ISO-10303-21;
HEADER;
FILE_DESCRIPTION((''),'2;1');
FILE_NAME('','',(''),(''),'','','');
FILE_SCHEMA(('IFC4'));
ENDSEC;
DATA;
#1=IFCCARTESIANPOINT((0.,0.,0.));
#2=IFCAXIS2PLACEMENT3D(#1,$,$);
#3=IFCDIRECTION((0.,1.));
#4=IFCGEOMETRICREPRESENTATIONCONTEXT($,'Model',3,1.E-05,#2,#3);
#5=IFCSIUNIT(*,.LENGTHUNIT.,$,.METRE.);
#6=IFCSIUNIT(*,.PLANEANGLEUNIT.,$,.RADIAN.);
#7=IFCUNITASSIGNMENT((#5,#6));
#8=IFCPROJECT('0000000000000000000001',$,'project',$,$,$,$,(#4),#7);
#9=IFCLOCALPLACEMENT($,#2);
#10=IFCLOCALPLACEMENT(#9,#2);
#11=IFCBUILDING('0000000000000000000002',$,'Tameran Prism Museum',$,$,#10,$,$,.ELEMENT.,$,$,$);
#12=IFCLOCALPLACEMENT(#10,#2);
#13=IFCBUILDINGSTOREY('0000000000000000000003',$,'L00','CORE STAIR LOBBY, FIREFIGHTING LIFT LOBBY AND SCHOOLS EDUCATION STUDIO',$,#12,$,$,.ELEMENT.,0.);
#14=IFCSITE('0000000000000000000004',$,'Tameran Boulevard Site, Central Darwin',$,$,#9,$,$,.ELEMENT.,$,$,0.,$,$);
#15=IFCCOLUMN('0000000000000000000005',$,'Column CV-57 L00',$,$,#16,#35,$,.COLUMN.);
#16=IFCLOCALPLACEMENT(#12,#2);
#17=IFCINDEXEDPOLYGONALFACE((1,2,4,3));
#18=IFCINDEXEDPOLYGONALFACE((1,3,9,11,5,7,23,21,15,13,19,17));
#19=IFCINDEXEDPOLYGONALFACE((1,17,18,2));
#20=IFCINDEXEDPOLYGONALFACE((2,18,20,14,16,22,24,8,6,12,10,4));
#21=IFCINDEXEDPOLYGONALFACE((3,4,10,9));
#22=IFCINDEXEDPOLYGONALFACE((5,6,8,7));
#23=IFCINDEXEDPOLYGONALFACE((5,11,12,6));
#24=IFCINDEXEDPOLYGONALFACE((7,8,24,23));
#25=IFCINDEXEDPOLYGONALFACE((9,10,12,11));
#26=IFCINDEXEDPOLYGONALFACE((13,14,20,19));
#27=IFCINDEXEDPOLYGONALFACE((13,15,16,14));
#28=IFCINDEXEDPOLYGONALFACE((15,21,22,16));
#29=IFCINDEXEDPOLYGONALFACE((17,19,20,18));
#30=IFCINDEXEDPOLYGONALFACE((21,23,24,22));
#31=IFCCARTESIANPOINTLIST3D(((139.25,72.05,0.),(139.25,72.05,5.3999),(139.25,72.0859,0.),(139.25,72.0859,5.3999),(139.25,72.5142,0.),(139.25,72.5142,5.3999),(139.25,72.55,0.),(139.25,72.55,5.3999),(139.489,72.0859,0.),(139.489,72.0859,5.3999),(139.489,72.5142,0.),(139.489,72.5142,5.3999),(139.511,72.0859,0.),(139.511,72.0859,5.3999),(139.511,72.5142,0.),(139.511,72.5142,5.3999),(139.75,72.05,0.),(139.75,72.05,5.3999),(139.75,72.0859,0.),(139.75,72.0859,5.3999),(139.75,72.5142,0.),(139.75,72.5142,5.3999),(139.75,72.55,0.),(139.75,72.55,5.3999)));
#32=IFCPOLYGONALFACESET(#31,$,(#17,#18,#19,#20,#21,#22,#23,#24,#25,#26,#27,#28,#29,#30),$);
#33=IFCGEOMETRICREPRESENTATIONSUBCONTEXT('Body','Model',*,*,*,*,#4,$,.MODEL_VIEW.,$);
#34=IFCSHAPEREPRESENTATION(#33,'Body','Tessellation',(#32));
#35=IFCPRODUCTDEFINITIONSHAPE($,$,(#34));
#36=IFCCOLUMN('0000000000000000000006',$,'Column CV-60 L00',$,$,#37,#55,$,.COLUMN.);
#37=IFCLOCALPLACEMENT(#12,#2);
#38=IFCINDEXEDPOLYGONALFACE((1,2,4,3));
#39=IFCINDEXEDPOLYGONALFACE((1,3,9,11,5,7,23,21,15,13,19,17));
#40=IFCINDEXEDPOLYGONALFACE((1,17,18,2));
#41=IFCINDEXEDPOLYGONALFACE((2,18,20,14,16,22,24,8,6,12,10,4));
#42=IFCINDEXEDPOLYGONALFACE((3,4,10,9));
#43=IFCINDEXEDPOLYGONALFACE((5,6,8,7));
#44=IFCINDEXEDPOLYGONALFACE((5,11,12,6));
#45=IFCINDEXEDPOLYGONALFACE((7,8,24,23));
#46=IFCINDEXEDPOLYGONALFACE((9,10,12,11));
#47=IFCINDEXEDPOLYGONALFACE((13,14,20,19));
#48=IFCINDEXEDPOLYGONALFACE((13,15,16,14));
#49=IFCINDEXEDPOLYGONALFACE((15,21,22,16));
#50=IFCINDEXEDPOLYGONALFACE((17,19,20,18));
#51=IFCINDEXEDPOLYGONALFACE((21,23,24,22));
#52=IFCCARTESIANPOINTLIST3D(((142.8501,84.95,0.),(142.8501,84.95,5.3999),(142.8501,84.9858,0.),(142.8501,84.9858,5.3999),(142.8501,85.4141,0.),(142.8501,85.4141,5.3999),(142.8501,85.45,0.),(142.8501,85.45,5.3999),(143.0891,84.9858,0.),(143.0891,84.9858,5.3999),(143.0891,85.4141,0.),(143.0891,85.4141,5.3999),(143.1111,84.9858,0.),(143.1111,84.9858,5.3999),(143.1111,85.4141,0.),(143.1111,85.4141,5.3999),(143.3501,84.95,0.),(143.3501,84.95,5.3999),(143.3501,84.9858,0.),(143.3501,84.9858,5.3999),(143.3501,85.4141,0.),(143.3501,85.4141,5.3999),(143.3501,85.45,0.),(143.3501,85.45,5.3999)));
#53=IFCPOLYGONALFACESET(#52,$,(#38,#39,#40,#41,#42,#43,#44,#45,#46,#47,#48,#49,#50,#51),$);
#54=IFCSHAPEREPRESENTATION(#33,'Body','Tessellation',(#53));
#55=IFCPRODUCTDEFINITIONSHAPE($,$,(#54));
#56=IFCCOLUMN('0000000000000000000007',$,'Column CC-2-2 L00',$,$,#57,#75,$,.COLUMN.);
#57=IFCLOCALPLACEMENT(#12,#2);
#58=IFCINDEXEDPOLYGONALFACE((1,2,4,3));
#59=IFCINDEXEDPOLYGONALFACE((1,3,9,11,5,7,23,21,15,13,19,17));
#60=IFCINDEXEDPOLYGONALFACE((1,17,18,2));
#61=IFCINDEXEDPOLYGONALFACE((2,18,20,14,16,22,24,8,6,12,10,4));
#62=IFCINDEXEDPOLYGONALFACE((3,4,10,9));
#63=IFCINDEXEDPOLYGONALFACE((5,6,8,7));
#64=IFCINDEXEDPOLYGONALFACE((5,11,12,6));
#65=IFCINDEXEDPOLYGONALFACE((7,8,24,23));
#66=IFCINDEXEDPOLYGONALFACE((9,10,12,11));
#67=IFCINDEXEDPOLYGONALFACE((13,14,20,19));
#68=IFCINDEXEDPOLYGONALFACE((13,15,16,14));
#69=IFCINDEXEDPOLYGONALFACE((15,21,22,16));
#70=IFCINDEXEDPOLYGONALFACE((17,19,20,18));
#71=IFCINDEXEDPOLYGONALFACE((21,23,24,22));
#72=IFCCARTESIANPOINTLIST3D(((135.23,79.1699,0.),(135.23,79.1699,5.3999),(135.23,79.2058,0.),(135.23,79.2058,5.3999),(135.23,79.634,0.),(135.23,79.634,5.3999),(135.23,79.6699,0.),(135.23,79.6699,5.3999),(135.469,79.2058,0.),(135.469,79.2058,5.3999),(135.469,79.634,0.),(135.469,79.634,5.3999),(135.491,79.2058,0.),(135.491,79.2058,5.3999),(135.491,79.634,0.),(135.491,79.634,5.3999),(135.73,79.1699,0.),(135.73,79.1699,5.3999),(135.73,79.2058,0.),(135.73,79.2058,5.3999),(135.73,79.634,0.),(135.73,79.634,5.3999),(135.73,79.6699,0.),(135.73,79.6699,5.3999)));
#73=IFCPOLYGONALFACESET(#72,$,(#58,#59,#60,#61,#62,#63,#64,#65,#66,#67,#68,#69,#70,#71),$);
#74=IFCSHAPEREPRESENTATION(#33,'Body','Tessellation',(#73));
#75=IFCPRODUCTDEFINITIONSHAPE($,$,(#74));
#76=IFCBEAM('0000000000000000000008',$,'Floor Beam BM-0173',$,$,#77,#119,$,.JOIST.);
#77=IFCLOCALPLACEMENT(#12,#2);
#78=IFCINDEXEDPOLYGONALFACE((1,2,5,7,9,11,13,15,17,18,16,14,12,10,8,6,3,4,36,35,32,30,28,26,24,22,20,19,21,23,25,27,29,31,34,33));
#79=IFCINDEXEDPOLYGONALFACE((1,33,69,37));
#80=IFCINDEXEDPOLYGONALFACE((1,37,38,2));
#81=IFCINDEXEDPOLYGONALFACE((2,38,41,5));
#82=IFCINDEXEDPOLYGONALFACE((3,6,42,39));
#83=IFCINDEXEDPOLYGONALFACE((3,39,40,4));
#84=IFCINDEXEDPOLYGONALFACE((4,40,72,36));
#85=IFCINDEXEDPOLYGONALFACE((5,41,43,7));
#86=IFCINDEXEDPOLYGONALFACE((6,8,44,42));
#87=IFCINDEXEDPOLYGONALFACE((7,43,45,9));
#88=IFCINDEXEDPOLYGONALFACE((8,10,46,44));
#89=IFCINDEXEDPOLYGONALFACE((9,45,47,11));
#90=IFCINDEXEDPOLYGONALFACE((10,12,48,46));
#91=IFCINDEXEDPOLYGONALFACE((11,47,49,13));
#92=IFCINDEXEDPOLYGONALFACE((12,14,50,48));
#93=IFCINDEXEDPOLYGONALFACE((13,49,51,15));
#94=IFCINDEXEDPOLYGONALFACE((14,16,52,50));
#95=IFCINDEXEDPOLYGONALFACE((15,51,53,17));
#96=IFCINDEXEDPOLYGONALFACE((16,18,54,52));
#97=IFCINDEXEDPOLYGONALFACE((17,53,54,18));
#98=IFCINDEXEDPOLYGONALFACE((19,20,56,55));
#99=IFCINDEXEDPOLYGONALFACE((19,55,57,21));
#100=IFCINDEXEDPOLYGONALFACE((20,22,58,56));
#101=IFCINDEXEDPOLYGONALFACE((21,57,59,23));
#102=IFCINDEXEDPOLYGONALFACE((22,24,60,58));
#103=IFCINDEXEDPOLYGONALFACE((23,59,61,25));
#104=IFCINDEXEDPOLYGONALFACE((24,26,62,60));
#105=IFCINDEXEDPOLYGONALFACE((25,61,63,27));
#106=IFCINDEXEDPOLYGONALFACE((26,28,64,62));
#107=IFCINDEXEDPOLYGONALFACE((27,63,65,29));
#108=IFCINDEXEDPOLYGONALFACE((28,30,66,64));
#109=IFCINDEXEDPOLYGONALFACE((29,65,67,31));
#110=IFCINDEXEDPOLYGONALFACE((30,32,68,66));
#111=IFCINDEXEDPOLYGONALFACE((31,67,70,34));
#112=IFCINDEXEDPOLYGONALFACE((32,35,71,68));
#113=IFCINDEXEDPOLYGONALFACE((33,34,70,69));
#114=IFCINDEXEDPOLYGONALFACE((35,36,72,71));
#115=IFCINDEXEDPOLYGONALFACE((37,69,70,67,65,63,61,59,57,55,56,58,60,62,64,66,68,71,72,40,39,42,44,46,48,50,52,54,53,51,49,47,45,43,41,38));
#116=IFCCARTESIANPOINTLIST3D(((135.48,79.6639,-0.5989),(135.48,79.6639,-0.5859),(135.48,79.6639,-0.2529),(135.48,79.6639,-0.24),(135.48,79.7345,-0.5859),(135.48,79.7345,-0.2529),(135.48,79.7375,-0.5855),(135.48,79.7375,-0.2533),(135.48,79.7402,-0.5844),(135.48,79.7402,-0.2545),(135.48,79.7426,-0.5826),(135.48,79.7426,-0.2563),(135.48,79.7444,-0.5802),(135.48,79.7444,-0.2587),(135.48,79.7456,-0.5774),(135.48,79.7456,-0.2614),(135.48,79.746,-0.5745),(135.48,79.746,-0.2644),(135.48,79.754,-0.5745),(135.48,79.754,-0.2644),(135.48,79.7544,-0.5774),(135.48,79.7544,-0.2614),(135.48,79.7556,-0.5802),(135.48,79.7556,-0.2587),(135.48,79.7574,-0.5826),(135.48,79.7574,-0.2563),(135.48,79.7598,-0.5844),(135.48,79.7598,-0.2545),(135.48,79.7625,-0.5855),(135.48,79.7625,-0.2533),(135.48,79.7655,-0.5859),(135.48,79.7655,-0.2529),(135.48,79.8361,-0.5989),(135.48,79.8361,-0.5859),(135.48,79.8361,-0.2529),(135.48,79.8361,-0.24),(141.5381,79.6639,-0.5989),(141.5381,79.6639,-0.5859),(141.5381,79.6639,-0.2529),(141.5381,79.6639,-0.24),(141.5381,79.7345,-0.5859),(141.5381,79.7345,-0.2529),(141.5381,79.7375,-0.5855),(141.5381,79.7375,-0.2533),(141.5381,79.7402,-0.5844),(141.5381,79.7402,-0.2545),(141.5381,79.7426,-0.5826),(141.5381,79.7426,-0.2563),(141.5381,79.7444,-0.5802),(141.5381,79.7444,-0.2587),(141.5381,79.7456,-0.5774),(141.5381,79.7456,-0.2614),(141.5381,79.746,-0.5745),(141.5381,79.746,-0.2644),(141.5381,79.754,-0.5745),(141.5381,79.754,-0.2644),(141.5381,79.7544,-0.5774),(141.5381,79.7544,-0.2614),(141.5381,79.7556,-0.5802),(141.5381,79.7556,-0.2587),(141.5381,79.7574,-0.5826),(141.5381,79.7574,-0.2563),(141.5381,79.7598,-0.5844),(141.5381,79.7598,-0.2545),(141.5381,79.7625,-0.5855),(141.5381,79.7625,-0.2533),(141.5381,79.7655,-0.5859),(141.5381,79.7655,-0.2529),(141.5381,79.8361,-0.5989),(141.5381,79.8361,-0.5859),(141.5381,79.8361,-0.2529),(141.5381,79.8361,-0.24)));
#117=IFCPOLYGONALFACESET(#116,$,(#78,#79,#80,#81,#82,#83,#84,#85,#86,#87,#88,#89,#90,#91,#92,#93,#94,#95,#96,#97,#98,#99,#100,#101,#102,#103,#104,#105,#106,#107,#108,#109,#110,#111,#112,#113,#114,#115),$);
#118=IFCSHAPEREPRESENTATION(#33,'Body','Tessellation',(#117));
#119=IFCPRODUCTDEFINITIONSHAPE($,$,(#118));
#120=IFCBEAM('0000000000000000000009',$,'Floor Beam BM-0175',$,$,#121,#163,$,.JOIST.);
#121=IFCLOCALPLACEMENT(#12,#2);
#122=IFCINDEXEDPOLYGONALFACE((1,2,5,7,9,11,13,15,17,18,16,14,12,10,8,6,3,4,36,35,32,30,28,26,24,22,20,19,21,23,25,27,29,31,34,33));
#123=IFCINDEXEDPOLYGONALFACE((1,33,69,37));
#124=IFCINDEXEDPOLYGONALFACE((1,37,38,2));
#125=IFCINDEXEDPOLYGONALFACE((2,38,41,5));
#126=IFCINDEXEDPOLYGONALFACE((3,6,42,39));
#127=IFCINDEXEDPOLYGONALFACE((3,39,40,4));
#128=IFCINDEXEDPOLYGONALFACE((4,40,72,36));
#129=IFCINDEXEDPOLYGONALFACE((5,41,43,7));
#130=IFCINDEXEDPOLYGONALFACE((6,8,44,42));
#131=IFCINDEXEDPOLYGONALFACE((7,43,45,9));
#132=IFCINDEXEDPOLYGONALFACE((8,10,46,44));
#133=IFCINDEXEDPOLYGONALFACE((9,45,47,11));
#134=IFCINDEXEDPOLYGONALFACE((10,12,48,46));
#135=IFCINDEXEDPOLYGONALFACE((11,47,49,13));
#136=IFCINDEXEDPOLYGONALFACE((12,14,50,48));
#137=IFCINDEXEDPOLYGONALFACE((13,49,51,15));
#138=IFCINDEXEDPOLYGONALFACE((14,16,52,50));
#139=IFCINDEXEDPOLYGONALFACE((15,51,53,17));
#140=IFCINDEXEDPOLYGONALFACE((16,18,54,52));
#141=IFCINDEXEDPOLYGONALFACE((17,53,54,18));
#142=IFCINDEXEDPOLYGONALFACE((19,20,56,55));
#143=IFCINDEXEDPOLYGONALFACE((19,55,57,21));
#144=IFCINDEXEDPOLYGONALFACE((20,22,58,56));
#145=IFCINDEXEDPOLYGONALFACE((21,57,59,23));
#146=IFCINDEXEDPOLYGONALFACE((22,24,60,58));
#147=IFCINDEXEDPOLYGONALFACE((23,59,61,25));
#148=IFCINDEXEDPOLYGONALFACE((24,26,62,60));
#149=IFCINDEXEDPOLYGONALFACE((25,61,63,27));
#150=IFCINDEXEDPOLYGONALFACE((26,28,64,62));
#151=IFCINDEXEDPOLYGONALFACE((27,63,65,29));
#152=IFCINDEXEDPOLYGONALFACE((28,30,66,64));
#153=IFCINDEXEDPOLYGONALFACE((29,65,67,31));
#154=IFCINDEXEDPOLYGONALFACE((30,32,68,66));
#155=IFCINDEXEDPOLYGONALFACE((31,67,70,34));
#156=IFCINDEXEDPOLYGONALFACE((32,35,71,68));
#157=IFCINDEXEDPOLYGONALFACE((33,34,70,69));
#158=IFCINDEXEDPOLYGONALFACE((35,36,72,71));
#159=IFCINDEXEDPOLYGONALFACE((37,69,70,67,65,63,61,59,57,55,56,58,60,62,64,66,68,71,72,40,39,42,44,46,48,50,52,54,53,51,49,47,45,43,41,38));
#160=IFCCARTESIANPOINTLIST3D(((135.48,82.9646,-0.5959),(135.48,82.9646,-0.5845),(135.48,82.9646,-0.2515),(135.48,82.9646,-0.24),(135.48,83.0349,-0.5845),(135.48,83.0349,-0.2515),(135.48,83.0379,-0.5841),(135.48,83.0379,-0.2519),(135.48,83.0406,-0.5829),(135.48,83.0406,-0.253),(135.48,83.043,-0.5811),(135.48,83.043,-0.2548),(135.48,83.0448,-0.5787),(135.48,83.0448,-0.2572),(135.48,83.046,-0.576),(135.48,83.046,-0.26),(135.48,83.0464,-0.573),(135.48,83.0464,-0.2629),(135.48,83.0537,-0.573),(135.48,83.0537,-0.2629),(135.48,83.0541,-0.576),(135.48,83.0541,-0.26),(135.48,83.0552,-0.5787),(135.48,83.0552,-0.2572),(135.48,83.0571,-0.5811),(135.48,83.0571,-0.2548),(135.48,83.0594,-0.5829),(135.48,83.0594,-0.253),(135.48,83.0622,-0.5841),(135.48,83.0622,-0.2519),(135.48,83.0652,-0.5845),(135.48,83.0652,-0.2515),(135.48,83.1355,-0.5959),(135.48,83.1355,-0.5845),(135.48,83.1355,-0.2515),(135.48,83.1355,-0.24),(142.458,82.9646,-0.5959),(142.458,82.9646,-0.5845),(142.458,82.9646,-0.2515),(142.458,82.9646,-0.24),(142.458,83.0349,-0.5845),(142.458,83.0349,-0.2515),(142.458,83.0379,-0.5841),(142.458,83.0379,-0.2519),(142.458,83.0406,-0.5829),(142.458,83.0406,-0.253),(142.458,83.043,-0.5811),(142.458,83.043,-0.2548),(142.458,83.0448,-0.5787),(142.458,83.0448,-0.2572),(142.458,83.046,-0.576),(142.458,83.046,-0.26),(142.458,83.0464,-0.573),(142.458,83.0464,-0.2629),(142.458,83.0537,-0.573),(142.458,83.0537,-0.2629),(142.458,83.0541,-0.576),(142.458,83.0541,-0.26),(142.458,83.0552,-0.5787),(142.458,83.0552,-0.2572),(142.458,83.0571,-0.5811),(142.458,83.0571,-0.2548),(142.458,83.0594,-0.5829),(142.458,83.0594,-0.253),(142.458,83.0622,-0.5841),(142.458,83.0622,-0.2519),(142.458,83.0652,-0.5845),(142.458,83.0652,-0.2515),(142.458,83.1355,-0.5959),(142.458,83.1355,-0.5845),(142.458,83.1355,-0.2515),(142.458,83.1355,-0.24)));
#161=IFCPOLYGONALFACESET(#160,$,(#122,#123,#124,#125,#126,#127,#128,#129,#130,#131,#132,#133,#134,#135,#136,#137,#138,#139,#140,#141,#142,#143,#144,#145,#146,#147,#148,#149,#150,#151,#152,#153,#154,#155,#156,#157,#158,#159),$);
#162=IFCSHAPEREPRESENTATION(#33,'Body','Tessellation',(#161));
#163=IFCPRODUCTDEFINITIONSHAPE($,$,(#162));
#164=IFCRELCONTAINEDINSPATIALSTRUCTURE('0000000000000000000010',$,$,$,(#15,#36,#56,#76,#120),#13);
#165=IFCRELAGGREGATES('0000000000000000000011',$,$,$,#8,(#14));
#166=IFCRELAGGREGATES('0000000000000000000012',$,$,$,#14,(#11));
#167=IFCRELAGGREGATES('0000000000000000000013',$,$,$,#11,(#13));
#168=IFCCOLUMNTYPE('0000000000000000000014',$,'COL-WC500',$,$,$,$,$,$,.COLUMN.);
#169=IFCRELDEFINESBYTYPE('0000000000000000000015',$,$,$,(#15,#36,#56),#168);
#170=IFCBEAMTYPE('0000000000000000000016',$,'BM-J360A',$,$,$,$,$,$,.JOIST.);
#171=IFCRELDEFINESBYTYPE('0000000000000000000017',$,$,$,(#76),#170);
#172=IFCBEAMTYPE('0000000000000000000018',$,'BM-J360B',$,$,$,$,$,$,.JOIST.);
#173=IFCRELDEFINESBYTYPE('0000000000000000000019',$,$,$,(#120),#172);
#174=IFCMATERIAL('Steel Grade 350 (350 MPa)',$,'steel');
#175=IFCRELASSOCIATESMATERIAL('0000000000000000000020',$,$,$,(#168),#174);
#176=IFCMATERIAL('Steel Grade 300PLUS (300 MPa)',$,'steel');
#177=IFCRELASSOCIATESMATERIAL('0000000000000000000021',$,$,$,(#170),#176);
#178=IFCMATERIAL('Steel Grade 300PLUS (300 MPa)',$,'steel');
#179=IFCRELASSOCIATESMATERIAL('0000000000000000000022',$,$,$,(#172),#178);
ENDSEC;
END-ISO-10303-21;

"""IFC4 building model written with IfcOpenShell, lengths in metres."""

from ifc_helpers import new_model, si_unit, direction, frame, origin, origin_2d, place, context, subcontext, project, spatial, i_section, extrude, material, material_profile, profile_set, type_object, element, save


model = new_model("IFC4")

# Units and contexts
model_context = context("Model", 3, precision=1e-05, world=origin(), true_north=direction((0.0, 1.0)))
body_context = subcontext(model_context, "Body", "Model", "MODEL_VIEW")
ifc_project = project(units=[si_unit("LENGTHUNIT", "METRE"), si_unit("PLANEANGLEUNIT", "RADIAN")], contexts=[model_context])

# Site, building, storey
site_placement = place(None, origin())
site = spatial("IfcSite", under=ifc_project, at=site_placement, Name="Tameran Boulevard Site, Central Darwin", CompositionType="ELEMENT", RefElevation=0.0)
building_placement = place(site_placement, origin())
building = spatial("IfcBuilding", under=site, at=building_placement, Name="Tameran Prism Museum", CompositionType="ELEMENT")
storey_placement = place(building_placement, origin())
storey = spatial("IfcBuildingStorey", under=building, at=storey_placement, Name="L00", Description="CORE STAIR LOBBY, FIREFIGHTING LIFT LOBBY AND SCHOOLS EDUCATION STUDIO", CompositionType="ELEMENT", Elevation=0.0)

# Columns
ifc_material_1 = material(Name="Steel Grade 350 (350 MPa)", Category="steel")
ifc_material_profile_1 = material_profile(ifc_material_1, i_section(OverallWidth=0.5, OverallDepth=0.5, WebThickness=0.022, FlangeThickness=0.0359, at=origin_2d()))
ifc_profile_set_1 = profile_set([ifc_material_profile_1])
column_type = type_object("IfcColumnType", Name="COL-WC500", PredefinedType="COLUMN", material=ifc_profile_set_1)
for number, where, z_axis, x_axis, name in (
    (1, (139.5, 72.3, 0.0), (0.0, 0.0, 1.0), (1.0, 0.0, 0.0), "Column CV-57 L00"),
    (2, (143.1001, 85.2, 0.0), (0.0, 0.0, 1.0), (1.0, 0.0, 0.0), "Column CV-60 L00"),
    (3, (135.48, 79.4199, 0.0), (0.0, 0.0, 1.0), (1.0, 0.0, 0.0), "Column CC-2-2 L00"),
):
    element("IfcColumn", number, at=place(storey_placement, frame(where, z_axis=z_axis, x_axis=x_axis)), inside=storey, type_object=column_type, Name=name, PredefinedType="COLUMN", context=body_context, shape_type="SweptSolid", body=[
        extrude(i_section(OverallWidth=0.5, OverallDepth=0.5, WebThickness=0.022, FlangeThickness=0.0359, at=origin_2d()), origin(), (0.0, 0.0, 1.0), 5.3999),
    ])

# Beams
ifc_material_2 = material(Name="Steel Grade 300PLUS (300 MPa)", Category="steel")
ifc_material_profile_2 = material_profile(ifc_material_2, i_section(OverallWidth=0.1721, OverallDepth=0.3589, WebThickness=0.0081, FlangeThickness=0.0129, FilletRadius=0.0115, at=origin_2d()))
ifc_profile_set_2 = profile_set([ifc_material_profile_2])
beam_type_1 = type_object("IfcBeamType", Name="BM-J360A", PredefinedType="JOIST", material=ifc_profile_set_2)
beam_1_placement = place(storey_placement, frame((135.48, 79.75, -0.4194), z_axis=(1.0, 0.0, 0.0), x_axis=(0.0, 1.0, 0.0)))
element("IfcBeam", 4, at=beam_1_placement, inside=storey, type_object=beam_type_1, Name="Floor Beam BM-0173", PredefinedType="JOIST", context=body_context, shape_type="SweptSolid", body=[
    extrude(i_section(OverallWidth=0.1721, OverallDepth=0.3589, WebThickness=0.0081, FlangeThickness=0.0129, FilletRadius=0.0115, at=origin_2d()), origin(), (0.0, 0.0, 1.0), 6.0581),
])
ifc_material_3 = material(Name="Steel Grade 300PLUS (300 MPa)", Category="steel")
ifc_material_profile_3 = material_profile(ifc_material_3, i_section(OverallWidth=0.1709, OverallDepth=0.356, WebThickness=0.0073, FlangeThickness=0.0115, FilletRadius=0.0115, at=origin_2d()))
ifc_profile_set_3 = profile_set([ifc_material_profile_3])
beam_type_2 = type_object("IfcBeamType", Name="BM-J360B", PredefinedType="JOIST", material=ifc_profile_set_3)
beam_2_placement = place(storey_placement, frame((135.48, 83.05, -0.418), z_axis=(1.0, 0.0, 0.0), x_axis=(0.0, 1.0, 0.0)))
element("IfcBeam", 5, at=beam_2_placement, inside=storey, type_object=beam_type_2, Name="Floor Beam BM-0175", PredefinedType="JOIST", context=body_context, shape_type="SweptSolid", body=[
    extrude(i_section(OverallWidth=0.1709, OverallDepth=0.356, WebThickness=0.0073, FlangeThickness=0.0115, FilletRadius=0.0115, at=origin_2d()), origin(), (0.0, 0.0, 1.0), 6.978),
])

save(model, "model.ifc")
